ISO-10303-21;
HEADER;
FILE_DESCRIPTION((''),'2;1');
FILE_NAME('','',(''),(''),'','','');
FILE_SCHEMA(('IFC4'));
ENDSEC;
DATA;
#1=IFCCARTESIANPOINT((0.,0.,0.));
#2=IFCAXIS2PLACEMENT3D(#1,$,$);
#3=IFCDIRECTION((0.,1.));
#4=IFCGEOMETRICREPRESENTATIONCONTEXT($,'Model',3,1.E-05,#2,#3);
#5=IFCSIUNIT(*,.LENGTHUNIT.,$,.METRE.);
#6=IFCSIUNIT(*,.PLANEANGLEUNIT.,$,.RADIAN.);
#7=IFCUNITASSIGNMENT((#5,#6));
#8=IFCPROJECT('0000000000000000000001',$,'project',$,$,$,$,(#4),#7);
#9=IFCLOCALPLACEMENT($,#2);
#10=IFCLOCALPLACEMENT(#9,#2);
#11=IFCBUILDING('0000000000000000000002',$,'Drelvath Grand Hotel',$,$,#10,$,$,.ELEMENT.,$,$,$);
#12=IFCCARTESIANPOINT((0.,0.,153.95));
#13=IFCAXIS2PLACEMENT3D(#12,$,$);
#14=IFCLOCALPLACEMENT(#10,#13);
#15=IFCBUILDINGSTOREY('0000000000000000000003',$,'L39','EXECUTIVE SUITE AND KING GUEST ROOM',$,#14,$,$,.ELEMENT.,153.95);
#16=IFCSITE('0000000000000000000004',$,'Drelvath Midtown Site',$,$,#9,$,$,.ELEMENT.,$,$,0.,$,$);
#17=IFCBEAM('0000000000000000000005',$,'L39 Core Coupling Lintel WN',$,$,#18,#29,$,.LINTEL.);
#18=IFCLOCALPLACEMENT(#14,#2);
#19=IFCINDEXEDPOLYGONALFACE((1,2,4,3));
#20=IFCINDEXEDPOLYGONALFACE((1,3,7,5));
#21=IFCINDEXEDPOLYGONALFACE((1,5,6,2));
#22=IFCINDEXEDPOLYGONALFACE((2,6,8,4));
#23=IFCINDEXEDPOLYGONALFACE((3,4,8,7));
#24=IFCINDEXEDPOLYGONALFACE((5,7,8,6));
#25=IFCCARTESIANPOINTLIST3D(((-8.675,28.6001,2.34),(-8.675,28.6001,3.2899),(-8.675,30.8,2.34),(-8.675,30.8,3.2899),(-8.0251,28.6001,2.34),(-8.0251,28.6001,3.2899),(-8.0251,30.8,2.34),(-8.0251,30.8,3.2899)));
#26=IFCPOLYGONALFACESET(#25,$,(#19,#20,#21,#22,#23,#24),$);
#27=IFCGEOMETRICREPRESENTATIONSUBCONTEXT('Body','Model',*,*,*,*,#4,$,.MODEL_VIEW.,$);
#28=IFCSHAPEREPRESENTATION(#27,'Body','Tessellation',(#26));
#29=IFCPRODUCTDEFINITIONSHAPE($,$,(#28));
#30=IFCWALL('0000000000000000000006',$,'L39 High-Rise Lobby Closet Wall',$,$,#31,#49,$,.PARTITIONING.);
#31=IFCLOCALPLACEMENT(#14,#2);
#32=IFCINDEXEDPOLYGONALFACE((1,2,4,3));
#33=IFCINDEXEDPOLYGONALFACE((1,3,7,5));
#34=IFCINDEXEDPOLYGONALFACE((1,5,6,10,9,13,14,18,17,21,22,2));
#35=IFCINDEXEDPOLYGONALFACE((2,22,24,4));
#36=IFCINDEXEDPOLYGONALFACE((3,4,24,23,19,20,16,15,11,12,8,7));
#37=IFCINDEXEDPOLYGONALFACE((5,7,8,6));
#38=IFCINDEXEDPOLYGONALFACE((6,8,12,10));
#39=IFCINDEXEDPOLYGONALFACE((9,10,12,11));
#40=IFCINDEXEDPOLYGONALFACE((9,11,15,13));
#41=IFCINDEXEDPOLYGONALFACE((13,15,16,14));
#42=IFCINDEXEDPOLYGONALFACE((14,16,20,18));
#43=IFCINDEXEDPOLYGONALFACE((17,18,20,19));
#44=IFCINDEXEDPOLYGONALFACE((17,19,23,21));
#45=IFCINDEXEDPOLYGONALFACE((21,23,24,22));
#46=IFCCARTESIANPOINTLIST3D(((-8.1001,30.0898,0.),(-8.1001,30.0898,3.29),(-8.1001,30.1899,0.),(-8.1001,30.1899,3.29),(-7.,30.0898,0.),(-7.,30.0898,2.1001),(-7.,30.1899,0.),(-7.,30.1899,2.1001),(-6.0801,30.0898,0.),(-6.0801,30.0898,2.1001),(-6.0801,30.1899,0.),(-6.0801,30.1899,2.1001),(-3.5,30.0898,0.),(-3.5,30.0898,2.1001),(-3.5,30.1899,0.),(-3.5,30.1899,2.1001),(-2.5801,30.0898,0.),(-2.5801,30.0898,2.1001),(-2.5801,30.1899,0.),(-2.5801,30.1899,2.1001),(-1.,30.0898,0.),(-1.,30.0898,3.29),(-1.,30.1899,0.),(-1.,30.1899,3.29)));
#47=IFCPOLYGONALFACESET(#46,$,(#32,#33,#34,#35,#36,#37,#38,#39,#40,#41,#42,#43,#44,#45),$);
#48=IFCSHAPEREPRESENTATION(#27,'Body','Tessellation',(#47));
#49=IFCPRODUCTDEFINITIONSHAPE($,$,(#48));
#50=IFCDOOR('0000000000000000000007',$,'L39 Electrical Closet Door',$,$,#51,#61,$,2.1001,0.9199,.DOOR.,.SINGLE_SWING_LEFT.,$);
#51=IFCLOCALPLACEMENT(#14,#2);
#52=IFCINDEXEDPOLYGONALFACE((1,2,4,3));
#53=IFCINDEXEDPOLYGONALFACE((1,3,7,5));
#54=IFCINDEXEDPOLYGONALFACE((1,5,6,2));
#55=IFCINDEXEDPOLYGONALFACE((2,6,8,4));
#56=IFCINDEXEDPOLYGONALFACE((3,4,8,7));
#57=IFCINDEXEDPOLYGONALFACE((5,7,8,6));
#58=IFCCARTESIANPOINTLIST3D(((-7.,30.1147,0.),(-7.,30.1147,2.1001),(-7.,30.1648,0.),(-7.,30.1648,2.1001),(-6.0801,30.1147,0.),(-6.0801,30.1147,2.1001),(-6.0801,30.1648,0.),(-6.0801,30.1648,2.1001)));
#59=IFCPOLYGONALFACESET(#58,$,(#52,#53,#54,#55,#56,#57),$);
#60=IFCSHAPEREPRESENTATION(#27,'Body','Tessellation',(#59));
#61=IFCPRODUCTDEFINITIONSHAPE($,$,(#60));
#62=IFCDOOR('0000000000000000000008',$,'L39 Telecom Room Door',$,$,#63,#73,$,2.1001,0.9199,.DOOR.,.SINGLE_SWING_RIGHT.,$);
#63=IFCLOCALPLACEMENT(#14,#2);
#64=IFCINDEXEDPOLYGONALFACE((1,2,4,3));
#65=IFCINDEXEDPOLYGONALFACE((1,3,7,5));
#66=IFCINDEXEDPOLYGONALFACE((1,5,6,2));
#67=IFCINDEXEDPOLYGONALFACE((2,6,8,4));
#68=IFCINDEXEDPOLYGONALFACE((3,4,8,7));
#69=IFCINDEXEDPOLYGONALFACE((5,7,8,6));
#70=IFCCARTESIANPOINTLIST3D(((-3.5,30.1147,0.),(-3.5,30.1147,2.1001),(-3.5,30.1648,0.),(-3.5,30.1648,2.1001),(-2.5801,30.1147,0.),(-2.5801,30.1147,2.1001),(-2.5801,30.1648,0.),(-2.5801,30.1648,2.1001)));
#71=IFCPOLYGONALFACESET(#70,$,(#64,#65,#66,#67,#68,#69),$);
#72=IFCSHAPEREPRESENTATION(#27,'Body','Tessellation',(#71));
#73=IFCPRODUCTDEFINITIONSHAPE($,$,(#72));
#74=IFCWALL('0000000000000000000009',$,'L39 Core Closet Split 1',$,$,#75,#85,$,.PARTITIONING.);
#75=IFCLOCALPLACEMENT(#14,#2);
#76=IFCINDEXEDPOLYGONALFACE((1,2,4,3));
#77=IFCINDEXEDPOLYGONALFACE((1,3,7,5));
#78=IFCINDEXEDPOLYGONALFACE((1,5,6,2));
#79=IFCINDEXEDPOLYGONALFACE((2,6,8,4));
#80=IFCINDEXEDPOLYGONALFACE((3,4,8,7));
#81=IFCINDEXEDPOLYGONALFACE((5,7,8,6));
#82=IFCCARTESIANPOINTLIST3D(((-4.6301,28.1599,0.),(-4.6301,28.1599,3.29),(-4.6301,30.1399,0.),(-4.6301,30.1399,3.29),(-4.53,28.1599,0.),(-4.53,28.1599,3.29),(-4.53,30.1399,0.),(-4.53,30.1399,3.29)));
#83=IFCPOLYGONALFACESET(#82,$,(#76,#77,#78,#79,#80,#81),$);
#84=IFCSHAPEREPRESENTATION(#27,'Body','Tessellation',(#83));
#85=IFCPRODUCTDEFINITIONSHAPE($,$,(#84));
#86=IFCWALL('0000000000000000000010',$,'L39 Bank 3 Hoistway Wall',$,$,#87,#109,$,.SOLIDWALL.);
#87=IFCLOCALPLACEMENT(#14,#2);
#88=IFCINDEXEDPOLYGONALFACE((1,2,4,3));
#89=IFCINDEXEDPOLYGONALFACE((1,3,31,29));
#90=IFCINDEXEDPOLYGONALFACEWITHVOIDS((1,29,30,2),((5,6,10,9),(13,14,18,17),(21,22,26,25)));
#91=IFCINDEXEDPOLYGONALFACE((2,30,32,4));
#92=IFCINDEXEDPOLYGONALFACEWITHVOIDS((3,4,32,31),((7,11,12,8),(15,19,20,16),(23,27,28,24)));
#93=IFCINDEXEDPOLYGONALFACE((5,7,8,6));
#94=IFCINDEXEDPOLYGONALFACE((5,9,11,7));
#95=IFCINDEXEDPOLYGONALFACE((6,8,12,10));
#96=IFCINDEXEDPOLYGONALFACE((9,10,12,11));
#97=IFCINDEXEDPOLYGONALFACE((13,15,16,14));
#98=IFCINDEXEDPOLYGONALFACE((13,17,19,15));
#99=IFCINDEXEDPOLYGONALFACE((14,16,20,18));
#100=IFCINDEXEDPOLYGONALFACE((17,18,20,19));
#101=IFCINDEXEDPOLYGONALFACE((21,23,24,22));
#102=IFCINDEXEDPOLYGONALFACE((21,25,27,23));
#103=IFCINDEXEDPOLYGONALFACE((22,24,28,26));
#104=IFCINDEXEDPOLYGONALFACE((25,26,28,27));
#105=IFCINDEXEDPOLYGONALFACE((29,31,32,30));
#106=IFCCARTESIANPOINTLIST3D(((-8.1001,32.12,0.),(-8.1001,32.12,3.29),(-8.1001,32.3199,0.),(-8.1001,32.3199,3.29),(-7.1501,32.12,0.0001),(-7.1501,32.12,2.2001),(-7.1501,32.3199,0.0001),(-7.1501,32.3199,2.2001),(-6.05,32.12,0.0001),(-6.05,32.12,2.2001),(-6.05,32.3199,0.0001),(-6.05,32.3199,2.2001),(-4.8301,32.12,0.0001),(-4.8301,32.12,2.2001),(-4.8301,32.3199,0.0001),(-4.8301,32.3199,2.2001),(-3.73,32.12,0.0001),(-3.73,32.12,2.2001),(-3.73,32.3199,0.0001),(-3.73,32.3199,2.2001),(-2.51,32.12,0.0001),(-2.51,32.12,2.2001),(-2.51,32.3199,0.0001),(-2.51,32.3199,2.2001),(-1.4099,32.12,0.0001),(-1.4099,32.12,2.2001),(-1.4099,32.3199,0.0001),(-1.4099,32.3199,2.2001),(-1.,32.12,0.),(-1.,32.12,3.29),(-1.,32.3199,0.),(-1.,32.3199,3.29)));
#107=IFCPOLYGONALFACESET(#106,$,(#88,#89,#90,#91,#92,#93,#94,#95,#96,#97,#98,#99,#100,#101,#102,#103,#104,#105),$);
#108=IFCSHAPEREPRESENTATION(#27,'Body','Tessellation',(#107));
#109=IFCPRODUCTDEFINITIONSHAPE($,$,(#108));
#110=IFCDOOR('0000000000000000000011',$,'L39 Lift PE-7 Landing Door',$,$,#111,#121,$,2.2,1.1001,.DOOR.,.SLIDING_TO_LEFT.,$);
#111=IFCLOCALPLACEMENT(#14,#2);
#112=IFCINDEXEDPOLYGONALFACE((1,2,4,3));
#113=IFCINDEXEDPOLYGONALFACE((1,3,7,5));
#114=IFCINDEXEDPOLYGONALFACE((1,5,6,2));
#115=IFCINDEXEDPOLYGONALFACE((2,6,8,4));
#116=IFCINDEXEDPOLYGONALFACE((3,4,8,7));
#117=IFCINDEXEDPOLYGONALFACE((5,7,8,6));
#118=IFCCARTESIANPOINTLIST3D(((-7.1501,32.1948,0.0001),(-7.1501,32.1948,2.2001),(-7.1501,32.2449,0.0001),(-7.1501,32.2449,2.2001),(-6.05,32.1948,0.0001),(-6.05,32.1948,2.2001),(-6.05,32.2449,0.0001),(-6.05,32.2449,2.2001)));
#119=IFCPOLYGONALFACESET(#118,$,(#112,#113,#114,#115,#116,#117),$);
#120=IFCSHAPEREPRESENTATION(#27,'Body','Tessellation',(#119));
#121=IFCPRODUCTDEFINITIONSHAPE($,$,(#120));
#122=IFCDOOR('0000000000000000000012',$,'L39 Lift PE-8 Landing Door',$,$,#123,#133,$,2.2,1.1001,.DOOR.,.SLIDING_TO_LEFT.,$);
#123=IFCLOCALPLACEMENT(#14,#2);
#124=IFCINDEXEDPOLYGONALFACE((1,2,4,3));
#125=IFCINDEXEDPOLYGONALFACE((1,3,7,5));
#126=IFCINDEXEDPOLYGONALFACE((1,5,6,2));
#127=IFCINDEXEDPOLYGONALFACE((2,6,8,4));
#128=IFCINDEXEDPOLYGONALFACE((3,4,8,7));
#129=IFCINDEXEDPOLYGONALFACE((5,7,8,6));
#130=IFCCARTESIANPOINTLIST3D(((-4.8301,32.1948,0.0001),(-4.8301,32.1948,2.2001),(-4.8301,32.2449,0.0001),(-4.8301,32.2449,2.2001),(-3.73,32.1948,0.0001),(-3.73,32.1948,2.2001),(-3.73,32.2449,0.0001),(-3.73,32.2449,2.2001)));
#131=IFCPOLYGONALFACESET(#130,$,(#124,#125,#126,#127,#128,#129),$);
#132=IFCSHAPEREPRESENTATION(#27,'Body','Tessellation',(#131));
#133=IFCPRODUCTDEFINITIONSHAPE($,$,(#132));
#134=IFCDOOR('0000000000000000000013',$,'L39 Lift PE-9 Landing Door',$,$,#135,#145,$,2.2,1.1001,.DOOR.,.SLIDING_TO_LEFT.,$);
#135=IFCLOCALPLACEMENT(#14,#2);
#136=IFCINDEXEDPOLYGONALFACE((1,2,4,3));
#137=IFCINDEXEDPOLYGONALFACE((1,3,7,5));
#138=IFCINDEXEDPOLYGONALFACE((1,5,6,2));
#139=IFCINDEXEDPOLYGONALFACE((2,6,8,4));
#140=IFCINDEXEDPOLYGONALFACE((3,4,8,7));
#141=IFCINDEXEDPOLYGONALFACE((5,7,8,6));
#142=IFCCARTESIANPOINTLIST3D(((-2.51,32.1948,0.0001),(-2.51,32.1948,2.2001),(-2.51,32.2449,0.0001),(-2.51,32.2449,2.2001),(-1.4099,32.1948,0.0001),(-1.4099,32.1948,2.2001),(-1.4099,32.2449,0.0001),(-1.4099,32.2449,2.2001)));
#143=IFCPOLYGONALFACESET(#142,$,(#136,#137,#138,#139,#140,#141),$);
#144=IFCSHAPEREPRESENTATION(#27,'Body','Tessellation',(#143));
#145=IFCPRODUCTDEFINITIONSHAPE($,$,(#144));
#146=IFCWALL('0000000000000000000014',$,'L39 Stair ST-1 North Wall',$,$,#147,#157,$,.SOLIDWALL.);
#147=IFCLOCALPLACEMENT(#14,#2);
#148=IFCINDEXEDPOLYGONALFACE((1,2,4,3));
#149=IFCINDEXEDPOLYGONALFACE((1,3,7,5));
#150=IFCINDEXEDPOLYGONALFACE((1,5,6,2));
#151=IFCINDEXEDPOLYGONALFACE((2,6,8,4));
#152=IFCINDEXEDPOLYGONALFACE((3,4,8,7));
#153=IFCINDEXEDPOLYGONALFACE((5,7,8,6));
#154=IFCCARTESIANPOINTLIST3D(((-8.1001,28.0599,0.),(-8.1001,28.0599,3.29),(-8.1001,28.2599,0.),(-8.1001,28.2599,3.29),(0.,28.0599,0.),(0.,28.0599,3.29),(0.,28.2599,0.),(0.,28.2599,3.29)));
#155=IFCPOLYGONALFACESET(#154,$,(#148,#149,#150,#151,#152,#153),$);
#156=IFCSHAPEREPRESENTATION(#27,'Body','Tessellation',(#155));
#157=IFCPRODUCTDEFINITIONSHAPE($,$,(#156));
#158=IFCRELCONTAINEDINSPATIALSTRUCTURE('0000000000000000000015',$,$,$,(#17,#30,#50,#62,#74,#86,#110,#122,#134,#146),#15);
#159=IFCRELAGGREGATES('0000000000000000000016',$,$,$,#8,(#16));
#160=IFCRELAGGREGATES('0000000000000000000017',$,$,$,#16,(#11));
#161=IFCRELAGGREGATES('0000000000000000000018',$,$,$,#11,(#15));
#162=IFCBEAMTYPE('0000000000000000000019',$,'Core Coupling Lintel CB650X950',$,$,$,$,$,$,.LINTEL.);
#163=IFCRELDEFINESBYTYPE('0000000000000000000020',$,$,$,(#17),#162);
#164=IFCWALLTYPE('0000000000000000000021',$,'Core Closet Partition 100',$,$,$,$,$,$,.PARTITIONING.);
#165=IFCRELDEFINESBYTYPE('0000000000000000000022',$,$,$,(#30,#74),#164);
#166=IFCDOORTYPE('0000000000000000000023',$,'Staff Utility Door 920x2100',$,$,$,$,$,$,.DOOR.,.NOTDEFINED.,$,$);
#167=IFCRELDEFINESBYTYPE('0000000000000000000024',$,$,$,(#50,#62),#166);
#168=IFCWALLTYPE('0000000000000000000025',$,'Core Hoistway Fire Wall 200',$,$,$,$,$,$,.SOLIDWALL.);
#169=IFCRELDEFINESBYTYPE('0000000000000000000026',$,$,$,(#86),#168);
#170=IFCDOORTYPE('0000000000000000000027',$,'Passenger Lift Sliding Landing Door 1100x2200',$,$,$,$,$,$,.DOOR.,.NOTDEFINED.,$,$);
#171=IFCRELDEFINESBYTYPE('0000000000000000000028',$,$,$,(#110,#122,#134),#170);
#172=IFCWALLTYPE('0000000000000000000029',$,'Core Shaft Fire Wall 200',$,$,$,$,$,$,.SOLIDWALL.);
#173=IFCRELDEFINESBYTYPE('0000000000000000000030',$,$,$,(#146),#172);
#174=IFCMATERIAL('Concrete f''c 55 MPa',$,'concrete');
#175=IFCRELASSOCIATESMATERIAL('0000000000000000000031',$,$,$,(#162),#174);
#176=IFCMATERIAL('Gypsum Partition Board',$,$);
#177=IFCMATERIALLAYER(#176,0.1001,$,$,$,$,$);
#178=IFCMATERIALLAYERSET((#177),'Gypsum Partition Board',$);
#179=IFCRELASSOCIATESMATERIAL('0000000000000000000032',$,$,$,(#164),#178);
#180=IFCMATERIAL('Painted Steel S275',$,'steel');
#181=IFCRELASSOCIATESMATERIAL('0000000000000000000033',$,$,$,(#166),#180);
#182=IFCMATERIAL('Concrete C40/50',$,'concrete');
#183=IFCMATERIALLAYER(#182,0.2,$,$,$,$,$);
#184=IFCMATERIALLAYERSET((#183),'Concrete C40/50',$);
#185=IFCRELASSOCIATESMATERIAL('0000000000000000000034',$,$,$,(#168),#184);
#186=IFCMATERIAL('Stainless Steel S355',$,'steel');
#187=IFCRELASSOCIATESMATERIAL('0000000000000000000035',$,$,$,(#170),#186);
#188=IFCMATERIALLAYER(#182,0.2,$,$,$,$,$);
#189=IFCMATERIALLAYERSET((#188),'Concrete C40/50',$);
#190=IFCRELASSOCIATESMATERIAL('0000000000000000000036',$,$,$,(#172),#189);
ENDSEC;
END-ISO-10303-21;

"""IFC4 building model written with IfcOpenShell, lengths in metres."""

from ifc_helpers import new_model, si_unit, direction, frame, frame_2d, origin, origin_2d, place, context, subcontext, project, spatial, rectangle, extrude, material, layer, layer_set, material_profile, profile_set, type_object, element, fill, save


model = new_model("IFC4")

# Units and contexts
model_context = context("Model", 3, precision=1e-05, world=origin(), true_north=direction((0.0, 1.0)))
body_context = subcontext(model_context, "Body", "Model", "MODEL_VIEW")
ifc_project = project(units=[si_unit("LENGTHUNIT", "METRE"), si_unit("PLANEANGLEUNIT", "RADIAN")], contexts=[model_context])

# Site, building, storey
site_placement = place(None, origin())
site = spatial("IfcSite", under=ifc_project, at=site_placement, Name="Drelvath Midtown Site", CompositionType="ELEMENT", RefElevation=0.0)
building_placement = place(site_placement, origin())
building = spatial("IfcBuilding", under=site, at=building_placement, Name="Drelvath Grand Hotel", CompositionType="ELEMENT")
storey_placement = place(building_placement, frame((0.0, 0.0, 153.95)))
storey = spatial("IfcBuildingStorey", under=building, at=storey_placement, Name="L39", Description="EXECUTIVE SUITE AND KING GUEST ROOM", CompositionType="ELEMENT", Elevation=153.95)

# Beam
ifc_material_1 = material(Name="Concrete f'c 55 MPa", Category="concrete")
ifc_material_profile = material_profile(ifc_material_1, rectangle(XDim=0.6499, YDim=0.95, at=origin_2d()), Name="CB650X950")
ifc_profile_set = profile_set([ifc_material_profile], Name="Concrete f'c 55 MPa")
beam_type = type_object("IfcBeamType", Name="Core Coupling Lintel CB650X950", PredefinedType="LINTEL", material=ifc_profile_set)
beam_placement = place(storey_placement, frame((-8.3501, 28.6001, 2.8149), z_axis=(0.0, 1.0, 0.0), x_axis=(-1.0, 0.0, 0.0)))
element("IfcBeam", 1, at=beam_placement, inside=storey, type_object=beam_type, Name="L39 Core Coupling Lintel WN", PredefinedType="LINTEL", context=body_context, shape_type="SweptSolid", body=[
    extrude(rectangle(XDim=0.6499, YDim=0.95, at=origin_2d()), origin(), (0.0, 0.0, 1.0), 2.2),
])

# Wall, openings, doors
ifc_material_2 = material(Name="Gypsum Partition Board")
ifc_layer_1 = layer(ifc_material_2, 0.1001)
ifc_layer_set_1 = layer_set([ifc_layer_1], Name="Gypsum Partition Board")
wall_type_1 = type_object("IfcWallType", Name="Core Closet Partition 100", PredefinedType="PARTITIONING", material=ifc_layer_set_1)
wall_1_placement = place(storey_placement, frame((-8.1001, 30.1399, 0.0), z_axis=(0.0, 0.0, 1.0), x_axis=(1.0, 0.0, 0.0)))
wall_1 = element("IfcWall", 2, at=wall_1_placement, inside=storey, type_object=wall_type_1, Name="L39 High-Rise Lobby Closet Wall", PredefinedType="PARTITIONING", context=body_context, shape_type="SweptSolid", body=[
    extrude(rectangle(XDim=7.1001, YDim=0.1001, at=frame_2d((3.55, 0.0))), origin(), (0.0, 0.0, 1.0), 3.29),
])
opening_1_placement = place(wall_1_placement, frame((1.1001, 0.0, 0.0)))
opening_1 = element("IfcOpeningElement", 3, at=opening_1_placement, cuts=wall_1, PredefinedType="OPENING", context=body_context, shape_type="SweptSolid", body=[
    extrude(rectangle(XDim=0.9199, YDim=2.1001, at=frame_2d((0.46, 1.05))), frame((0.0, 0.0601, 0.0), z_axis=(0.0, -1.0, 0.0), x_axis=(1.0, 0.0, 0.0)), (0.0, 0.0, 1.0), 0.1201),
])
opening_2_placement = place(wall_1_placement, frame((4.6001, 0.0, 0.0)))
opening_2 = element("IfcOpeningElement", 4, at=opening_2_placement, cuts=wall_1, PredefinedType="OPENING", context=body_context, shape_type="SweptSolid", body=[
    extrude(rectangle(XDim=0.9199, YDim=2.1001, at=frame_2d((0.46, 1.05))), frame((0.0, 0.0601, 0.0), z_axis=(0.0, -1.0, 0.0), x_axis=(1.0, 0.0, 0.0)), (0.0, 0.0, 1.0), 0.1201),
])
ifc_material_3 = material(Name="Painted Steel S275", Category="steel")
door_type_1 = type_object("IfcDoorType", Name="Staff Utility Door 920x2100", OperationType="NOTDEFINED", PredefinedType="DOOR", material=ifc_material_3)
door_1_placement = place(opening_1_placement, origin())
door_1 = element("IfcDoor", 5, at=door_1_placement, inside=storey, type_object=door_type_1, Name="L39 Electrical Closet Door", OperationType="SINGLE_SWING_LEFT", OverallHeight=2.1001, OverallWidth=0.9199, PredefinedType="DOOR", context=body_context, shape_type="SweptSolid", body=[
    extrude(rectangle(XDim=0.9199, YDim=2.1001, at=frame_2d((0.46, 1.05))), frame((0.0, 0.0249, 0.0), z_axis=(0.0, -1.0, 0.0), x_axis=(1.0, 0.0, 0.0)), (0.0, 0.0, 1.0), 0.05),
])
fill(opening_1, door_1)
door_2_placement = place(opening_2_placement, origin())
door_2 = element("IfcDoor", 6, at=door_2_placement, inside=storey, type_object=door_type_1, Name="L39 Telecom Room Door", OperationType="SINGLE_SWING_RIGHT", OverallHeight=2.1001, OverallWidth=0.9199, PredefinedType="DOOR", context=body_context, shape_type="SweptSolid", body=[
    extrude(rectangle(XDim=0.9199, YDim=2.1001, at=frame_2d((0.46, 1.05))), frame((0.0, 0.0249, 0.0), z_axis=(0.0, -1.0, 0.0), x_axis=(1.0, 0.0, 0.0)), (0.0, 0.0, 1.0), 0.05),
])
fill(opening_2, door_2)

# Wall
wall_2_placement = place(storey_placement, frame((-4.5801, 28.1599, 0.0), z_axis=(0.0, 0.0, 1.0), x_axis=(0.0, 1.0, 0.0)))
element("IfcWall", 7, at=wall_2_placement, inside=storey, type_object=wall_type_1, Name="L39 Core Closet Split 1", PredefinedType="PARTITIONING", context=body_context, shape_type="SweptSolid", body=[
    extrude(rectangle(XDim=1.98, YDim=0.1001, at=frame_2d((0.99, 0.0))), origin(), (0.0, 0.0, 1.0), 3.29),
])

# Wall, openings, doors
ifc_material_4 = material(Name="Concrete C40/50", Category="concrete")
ifc_layer_2 = layer(ifc_material_4, 0.2)
ifc_layer_set_2 = layer_set([ifc_layer_2], Name="Concrete C40/50")
wall_type_2 = type_object("IfcWallType", Name="Core Hoistway Fire Wall 200", PredefinedType="SOLIDWALL", material=ifc_layer_set_2)
wall_3_placement = place(storey_placement, frame((-8.1001, 32.22, 0.0), z_axis=(0.0, 0.0, 1.0), x_axis=(1.0, 0.0, 0.0)))
wall_3 = element("IfcWall", 8, at=wall_3_placement, inside=storey, type_object=wall_type_2, Name="L39 Bank 3 Hoistway Wall", PredefinedType="SOLIDWALL", context=body_context, shape_type="SweptSolid", body=[
    extrude(rectangle(XDim=7.1001, YDim=0.2, at=frame_2d((3.55, 0.0))), origin(), (0.0, 0.0, 1.0), 3.29),
])
opening_3_placement = place(wall_3_placement, frame((0.95, 0.0, 0.0)))
opening_3 = element("IfcOpeningElement", 9, at=opening_3_placement, cuts=wall_3, PredefinedType="OPENING", context=body_context, shape_type="SweptSolid", body=[
    extrude(rectangle(XDim=1.1001, YDim=2.2, at=frame_2d((0.55, 1.1001))), frame((0.0, 0.1099, 0.0), z_axis=(0.0, -1.0, 0.0), x_axis=(1.0, 0.0, 0.0)), (0.0, 0.0, 1.0), 0.22),
])
opening_4_placement = place(wall_3_placement, frame((3.27, 0.0, 0.0)))
opening_4 = element("IfcOpeningElement", 10, at=opening_4_placement, cuts=wall_3, PredefinedType="OPENING", context=body_context, shape_type="SweptSolid", body=[
    extrude(rectangle(XDim=1.1001, YDim=2.2, at=frame_2d((0.55, 1.1001))), frame((0.0, 0.1099, 0.0), z_axis=(0.0, -1.0, 0.0), x_axis=(1.0, 0.0, 0.0)), (0.0, 0.0, 1.0), 0.22),
])
opening_5_placement = place(wall_3_placement, frame((5.5901, 0.0, 0.0)))
opening_5 = element("IfcOpeningElement", 11, at=opening_5_placement, cuts=wall_3, PredefinedType="OPENING", context=body_context, shape_type="SweptSolid", body=[
    extrude(rectangle(XDim=1.1001, YDim=2.2, at=frame_2d((0.55, 1.1001))), frame((0.0, 0.1099, 0.0), z_axis=(0.0, -1.0, 0.0), x_axis=(1.0, 0.0, 0.0)), (0.0, 0.0, 1.0), 0.22),
])
ifc_material_5 = material(Name="Stainless Steel S355", Category="steel")
door_type_2 = type_object("IfcDoorType", Name="Passenger Lift Sliding Landing Door 1100x2200", OperationType="NOTDEFINED", PredefinedType="DOOR", material=ifc_material_5)
door_3_placement = place(opening_3_placement, origin())
door_3 = element("IfcDoor", 12, at=door_3_placement, inside=storey, type_object=door_type_2, Name="L39 Lift PE-7 Landing Door", OperationType="SLIDING_TO_LEFT", OverallHeight=2.2, OverallWidth=1.1001, PredefinedType="DOOR", context=body_context, shape_type="SweptSolid", body=[
    extrude(rectangle(XDim=1.1001, YDim=2.2, at=frame_2d((0.55, 1.1001))), frame((0.0, 0.0249, 0.0), z_axis=(0.0, -1.0, 0.0), x_axis=(1.0, 0.0, 0.0)), (0.0, 0.0, 1.0), 0.05),
])
fill(opening_3, door_3)
door_4_placement = place(opening_4_placement, origin())
door_4 = element("IfcDoor", 13, at=door_4_placement, inside=storey, type_object=door_type_2, Name="L39 Lift PE-8 Landing Door", OperationType="SLIDING_TO_LEFT", OverallHeight=2.2, OverallWidth=1.1001, PredefinedType="DOOR", context=body_context, shape_type="SweptSolid", body=[
    extrude(rectangle(XDim=1.1001, YDim=2.2, at=frame_2d((0.55, 1.1001))), frame((0.0, 0.0249, 0.0), z_axis=(0.0, -1.0, 0.0), x_axis=(1.0, 0.0, 0.0)), (0.0, 0.0, 1.0), 0.05),
])
fill(opening_4, door_4)
door_5_placement = place(opening_5_placement, origin())
door_5 = element("IfcDoor", 14, at=door_5_placement, inside=storey, type_object=door_type_2, Name="L39 Lift PE-9 Landing Door", OperationType="SLIDING_TO_LEFT", OverallHeight=2.2, OverallWidth=1.1001, PredefinedType="DOOR", context=body_context, shape_type="SweptSolid", body=[
    extrude(rectangle(XDim=1.1001, YDim=2.2, at=frame_2d((0.55, 1.1001))), frame((0.0, 0.0249, 0.0), z_axis=(0.0, -1.0, 0.0), x_axis=(1.0, 0.0, 0.0)), (0.0, 0.0, 1.0), 0.05),
])
fill(opening_5, door_5)

# Wall
ifc_layer_3 = layer(ifc_material_4, 0.2)
ifc_layer_set_3 = layer_set([ifc_layer_3], Name="Concrete C40/50")
wall_type_3 = type_object("IfcWallType", Name="Core Shaft Fire Wall 200", PredefinedType="SOLIDWALL", material=ifc_layer_set_3)
wall_4_placement = place(storey_placement, frame((-8.1001, 28.1599, 0.0), z_axis=(0.0, 0.0, 1.0), x_axis=(1.0, 0.0, 0.0)))
element("IfcWall", 15, at=wall_4_placement, inside=storey, type_object=wall_type_3, Name="L39 Stair ST-1 North Wall", PredefinedType="SOLIDWALL", context=body_context, shape_type="SweptSolid", body=[
    extrude(rectangle(XDim=8.1001, YDim=0.2, at=frame_2d((4.05, 0.0))), origin(), (0.0, 0.0, 1.0), 3.29),
])

save(model, "model.ifc")
